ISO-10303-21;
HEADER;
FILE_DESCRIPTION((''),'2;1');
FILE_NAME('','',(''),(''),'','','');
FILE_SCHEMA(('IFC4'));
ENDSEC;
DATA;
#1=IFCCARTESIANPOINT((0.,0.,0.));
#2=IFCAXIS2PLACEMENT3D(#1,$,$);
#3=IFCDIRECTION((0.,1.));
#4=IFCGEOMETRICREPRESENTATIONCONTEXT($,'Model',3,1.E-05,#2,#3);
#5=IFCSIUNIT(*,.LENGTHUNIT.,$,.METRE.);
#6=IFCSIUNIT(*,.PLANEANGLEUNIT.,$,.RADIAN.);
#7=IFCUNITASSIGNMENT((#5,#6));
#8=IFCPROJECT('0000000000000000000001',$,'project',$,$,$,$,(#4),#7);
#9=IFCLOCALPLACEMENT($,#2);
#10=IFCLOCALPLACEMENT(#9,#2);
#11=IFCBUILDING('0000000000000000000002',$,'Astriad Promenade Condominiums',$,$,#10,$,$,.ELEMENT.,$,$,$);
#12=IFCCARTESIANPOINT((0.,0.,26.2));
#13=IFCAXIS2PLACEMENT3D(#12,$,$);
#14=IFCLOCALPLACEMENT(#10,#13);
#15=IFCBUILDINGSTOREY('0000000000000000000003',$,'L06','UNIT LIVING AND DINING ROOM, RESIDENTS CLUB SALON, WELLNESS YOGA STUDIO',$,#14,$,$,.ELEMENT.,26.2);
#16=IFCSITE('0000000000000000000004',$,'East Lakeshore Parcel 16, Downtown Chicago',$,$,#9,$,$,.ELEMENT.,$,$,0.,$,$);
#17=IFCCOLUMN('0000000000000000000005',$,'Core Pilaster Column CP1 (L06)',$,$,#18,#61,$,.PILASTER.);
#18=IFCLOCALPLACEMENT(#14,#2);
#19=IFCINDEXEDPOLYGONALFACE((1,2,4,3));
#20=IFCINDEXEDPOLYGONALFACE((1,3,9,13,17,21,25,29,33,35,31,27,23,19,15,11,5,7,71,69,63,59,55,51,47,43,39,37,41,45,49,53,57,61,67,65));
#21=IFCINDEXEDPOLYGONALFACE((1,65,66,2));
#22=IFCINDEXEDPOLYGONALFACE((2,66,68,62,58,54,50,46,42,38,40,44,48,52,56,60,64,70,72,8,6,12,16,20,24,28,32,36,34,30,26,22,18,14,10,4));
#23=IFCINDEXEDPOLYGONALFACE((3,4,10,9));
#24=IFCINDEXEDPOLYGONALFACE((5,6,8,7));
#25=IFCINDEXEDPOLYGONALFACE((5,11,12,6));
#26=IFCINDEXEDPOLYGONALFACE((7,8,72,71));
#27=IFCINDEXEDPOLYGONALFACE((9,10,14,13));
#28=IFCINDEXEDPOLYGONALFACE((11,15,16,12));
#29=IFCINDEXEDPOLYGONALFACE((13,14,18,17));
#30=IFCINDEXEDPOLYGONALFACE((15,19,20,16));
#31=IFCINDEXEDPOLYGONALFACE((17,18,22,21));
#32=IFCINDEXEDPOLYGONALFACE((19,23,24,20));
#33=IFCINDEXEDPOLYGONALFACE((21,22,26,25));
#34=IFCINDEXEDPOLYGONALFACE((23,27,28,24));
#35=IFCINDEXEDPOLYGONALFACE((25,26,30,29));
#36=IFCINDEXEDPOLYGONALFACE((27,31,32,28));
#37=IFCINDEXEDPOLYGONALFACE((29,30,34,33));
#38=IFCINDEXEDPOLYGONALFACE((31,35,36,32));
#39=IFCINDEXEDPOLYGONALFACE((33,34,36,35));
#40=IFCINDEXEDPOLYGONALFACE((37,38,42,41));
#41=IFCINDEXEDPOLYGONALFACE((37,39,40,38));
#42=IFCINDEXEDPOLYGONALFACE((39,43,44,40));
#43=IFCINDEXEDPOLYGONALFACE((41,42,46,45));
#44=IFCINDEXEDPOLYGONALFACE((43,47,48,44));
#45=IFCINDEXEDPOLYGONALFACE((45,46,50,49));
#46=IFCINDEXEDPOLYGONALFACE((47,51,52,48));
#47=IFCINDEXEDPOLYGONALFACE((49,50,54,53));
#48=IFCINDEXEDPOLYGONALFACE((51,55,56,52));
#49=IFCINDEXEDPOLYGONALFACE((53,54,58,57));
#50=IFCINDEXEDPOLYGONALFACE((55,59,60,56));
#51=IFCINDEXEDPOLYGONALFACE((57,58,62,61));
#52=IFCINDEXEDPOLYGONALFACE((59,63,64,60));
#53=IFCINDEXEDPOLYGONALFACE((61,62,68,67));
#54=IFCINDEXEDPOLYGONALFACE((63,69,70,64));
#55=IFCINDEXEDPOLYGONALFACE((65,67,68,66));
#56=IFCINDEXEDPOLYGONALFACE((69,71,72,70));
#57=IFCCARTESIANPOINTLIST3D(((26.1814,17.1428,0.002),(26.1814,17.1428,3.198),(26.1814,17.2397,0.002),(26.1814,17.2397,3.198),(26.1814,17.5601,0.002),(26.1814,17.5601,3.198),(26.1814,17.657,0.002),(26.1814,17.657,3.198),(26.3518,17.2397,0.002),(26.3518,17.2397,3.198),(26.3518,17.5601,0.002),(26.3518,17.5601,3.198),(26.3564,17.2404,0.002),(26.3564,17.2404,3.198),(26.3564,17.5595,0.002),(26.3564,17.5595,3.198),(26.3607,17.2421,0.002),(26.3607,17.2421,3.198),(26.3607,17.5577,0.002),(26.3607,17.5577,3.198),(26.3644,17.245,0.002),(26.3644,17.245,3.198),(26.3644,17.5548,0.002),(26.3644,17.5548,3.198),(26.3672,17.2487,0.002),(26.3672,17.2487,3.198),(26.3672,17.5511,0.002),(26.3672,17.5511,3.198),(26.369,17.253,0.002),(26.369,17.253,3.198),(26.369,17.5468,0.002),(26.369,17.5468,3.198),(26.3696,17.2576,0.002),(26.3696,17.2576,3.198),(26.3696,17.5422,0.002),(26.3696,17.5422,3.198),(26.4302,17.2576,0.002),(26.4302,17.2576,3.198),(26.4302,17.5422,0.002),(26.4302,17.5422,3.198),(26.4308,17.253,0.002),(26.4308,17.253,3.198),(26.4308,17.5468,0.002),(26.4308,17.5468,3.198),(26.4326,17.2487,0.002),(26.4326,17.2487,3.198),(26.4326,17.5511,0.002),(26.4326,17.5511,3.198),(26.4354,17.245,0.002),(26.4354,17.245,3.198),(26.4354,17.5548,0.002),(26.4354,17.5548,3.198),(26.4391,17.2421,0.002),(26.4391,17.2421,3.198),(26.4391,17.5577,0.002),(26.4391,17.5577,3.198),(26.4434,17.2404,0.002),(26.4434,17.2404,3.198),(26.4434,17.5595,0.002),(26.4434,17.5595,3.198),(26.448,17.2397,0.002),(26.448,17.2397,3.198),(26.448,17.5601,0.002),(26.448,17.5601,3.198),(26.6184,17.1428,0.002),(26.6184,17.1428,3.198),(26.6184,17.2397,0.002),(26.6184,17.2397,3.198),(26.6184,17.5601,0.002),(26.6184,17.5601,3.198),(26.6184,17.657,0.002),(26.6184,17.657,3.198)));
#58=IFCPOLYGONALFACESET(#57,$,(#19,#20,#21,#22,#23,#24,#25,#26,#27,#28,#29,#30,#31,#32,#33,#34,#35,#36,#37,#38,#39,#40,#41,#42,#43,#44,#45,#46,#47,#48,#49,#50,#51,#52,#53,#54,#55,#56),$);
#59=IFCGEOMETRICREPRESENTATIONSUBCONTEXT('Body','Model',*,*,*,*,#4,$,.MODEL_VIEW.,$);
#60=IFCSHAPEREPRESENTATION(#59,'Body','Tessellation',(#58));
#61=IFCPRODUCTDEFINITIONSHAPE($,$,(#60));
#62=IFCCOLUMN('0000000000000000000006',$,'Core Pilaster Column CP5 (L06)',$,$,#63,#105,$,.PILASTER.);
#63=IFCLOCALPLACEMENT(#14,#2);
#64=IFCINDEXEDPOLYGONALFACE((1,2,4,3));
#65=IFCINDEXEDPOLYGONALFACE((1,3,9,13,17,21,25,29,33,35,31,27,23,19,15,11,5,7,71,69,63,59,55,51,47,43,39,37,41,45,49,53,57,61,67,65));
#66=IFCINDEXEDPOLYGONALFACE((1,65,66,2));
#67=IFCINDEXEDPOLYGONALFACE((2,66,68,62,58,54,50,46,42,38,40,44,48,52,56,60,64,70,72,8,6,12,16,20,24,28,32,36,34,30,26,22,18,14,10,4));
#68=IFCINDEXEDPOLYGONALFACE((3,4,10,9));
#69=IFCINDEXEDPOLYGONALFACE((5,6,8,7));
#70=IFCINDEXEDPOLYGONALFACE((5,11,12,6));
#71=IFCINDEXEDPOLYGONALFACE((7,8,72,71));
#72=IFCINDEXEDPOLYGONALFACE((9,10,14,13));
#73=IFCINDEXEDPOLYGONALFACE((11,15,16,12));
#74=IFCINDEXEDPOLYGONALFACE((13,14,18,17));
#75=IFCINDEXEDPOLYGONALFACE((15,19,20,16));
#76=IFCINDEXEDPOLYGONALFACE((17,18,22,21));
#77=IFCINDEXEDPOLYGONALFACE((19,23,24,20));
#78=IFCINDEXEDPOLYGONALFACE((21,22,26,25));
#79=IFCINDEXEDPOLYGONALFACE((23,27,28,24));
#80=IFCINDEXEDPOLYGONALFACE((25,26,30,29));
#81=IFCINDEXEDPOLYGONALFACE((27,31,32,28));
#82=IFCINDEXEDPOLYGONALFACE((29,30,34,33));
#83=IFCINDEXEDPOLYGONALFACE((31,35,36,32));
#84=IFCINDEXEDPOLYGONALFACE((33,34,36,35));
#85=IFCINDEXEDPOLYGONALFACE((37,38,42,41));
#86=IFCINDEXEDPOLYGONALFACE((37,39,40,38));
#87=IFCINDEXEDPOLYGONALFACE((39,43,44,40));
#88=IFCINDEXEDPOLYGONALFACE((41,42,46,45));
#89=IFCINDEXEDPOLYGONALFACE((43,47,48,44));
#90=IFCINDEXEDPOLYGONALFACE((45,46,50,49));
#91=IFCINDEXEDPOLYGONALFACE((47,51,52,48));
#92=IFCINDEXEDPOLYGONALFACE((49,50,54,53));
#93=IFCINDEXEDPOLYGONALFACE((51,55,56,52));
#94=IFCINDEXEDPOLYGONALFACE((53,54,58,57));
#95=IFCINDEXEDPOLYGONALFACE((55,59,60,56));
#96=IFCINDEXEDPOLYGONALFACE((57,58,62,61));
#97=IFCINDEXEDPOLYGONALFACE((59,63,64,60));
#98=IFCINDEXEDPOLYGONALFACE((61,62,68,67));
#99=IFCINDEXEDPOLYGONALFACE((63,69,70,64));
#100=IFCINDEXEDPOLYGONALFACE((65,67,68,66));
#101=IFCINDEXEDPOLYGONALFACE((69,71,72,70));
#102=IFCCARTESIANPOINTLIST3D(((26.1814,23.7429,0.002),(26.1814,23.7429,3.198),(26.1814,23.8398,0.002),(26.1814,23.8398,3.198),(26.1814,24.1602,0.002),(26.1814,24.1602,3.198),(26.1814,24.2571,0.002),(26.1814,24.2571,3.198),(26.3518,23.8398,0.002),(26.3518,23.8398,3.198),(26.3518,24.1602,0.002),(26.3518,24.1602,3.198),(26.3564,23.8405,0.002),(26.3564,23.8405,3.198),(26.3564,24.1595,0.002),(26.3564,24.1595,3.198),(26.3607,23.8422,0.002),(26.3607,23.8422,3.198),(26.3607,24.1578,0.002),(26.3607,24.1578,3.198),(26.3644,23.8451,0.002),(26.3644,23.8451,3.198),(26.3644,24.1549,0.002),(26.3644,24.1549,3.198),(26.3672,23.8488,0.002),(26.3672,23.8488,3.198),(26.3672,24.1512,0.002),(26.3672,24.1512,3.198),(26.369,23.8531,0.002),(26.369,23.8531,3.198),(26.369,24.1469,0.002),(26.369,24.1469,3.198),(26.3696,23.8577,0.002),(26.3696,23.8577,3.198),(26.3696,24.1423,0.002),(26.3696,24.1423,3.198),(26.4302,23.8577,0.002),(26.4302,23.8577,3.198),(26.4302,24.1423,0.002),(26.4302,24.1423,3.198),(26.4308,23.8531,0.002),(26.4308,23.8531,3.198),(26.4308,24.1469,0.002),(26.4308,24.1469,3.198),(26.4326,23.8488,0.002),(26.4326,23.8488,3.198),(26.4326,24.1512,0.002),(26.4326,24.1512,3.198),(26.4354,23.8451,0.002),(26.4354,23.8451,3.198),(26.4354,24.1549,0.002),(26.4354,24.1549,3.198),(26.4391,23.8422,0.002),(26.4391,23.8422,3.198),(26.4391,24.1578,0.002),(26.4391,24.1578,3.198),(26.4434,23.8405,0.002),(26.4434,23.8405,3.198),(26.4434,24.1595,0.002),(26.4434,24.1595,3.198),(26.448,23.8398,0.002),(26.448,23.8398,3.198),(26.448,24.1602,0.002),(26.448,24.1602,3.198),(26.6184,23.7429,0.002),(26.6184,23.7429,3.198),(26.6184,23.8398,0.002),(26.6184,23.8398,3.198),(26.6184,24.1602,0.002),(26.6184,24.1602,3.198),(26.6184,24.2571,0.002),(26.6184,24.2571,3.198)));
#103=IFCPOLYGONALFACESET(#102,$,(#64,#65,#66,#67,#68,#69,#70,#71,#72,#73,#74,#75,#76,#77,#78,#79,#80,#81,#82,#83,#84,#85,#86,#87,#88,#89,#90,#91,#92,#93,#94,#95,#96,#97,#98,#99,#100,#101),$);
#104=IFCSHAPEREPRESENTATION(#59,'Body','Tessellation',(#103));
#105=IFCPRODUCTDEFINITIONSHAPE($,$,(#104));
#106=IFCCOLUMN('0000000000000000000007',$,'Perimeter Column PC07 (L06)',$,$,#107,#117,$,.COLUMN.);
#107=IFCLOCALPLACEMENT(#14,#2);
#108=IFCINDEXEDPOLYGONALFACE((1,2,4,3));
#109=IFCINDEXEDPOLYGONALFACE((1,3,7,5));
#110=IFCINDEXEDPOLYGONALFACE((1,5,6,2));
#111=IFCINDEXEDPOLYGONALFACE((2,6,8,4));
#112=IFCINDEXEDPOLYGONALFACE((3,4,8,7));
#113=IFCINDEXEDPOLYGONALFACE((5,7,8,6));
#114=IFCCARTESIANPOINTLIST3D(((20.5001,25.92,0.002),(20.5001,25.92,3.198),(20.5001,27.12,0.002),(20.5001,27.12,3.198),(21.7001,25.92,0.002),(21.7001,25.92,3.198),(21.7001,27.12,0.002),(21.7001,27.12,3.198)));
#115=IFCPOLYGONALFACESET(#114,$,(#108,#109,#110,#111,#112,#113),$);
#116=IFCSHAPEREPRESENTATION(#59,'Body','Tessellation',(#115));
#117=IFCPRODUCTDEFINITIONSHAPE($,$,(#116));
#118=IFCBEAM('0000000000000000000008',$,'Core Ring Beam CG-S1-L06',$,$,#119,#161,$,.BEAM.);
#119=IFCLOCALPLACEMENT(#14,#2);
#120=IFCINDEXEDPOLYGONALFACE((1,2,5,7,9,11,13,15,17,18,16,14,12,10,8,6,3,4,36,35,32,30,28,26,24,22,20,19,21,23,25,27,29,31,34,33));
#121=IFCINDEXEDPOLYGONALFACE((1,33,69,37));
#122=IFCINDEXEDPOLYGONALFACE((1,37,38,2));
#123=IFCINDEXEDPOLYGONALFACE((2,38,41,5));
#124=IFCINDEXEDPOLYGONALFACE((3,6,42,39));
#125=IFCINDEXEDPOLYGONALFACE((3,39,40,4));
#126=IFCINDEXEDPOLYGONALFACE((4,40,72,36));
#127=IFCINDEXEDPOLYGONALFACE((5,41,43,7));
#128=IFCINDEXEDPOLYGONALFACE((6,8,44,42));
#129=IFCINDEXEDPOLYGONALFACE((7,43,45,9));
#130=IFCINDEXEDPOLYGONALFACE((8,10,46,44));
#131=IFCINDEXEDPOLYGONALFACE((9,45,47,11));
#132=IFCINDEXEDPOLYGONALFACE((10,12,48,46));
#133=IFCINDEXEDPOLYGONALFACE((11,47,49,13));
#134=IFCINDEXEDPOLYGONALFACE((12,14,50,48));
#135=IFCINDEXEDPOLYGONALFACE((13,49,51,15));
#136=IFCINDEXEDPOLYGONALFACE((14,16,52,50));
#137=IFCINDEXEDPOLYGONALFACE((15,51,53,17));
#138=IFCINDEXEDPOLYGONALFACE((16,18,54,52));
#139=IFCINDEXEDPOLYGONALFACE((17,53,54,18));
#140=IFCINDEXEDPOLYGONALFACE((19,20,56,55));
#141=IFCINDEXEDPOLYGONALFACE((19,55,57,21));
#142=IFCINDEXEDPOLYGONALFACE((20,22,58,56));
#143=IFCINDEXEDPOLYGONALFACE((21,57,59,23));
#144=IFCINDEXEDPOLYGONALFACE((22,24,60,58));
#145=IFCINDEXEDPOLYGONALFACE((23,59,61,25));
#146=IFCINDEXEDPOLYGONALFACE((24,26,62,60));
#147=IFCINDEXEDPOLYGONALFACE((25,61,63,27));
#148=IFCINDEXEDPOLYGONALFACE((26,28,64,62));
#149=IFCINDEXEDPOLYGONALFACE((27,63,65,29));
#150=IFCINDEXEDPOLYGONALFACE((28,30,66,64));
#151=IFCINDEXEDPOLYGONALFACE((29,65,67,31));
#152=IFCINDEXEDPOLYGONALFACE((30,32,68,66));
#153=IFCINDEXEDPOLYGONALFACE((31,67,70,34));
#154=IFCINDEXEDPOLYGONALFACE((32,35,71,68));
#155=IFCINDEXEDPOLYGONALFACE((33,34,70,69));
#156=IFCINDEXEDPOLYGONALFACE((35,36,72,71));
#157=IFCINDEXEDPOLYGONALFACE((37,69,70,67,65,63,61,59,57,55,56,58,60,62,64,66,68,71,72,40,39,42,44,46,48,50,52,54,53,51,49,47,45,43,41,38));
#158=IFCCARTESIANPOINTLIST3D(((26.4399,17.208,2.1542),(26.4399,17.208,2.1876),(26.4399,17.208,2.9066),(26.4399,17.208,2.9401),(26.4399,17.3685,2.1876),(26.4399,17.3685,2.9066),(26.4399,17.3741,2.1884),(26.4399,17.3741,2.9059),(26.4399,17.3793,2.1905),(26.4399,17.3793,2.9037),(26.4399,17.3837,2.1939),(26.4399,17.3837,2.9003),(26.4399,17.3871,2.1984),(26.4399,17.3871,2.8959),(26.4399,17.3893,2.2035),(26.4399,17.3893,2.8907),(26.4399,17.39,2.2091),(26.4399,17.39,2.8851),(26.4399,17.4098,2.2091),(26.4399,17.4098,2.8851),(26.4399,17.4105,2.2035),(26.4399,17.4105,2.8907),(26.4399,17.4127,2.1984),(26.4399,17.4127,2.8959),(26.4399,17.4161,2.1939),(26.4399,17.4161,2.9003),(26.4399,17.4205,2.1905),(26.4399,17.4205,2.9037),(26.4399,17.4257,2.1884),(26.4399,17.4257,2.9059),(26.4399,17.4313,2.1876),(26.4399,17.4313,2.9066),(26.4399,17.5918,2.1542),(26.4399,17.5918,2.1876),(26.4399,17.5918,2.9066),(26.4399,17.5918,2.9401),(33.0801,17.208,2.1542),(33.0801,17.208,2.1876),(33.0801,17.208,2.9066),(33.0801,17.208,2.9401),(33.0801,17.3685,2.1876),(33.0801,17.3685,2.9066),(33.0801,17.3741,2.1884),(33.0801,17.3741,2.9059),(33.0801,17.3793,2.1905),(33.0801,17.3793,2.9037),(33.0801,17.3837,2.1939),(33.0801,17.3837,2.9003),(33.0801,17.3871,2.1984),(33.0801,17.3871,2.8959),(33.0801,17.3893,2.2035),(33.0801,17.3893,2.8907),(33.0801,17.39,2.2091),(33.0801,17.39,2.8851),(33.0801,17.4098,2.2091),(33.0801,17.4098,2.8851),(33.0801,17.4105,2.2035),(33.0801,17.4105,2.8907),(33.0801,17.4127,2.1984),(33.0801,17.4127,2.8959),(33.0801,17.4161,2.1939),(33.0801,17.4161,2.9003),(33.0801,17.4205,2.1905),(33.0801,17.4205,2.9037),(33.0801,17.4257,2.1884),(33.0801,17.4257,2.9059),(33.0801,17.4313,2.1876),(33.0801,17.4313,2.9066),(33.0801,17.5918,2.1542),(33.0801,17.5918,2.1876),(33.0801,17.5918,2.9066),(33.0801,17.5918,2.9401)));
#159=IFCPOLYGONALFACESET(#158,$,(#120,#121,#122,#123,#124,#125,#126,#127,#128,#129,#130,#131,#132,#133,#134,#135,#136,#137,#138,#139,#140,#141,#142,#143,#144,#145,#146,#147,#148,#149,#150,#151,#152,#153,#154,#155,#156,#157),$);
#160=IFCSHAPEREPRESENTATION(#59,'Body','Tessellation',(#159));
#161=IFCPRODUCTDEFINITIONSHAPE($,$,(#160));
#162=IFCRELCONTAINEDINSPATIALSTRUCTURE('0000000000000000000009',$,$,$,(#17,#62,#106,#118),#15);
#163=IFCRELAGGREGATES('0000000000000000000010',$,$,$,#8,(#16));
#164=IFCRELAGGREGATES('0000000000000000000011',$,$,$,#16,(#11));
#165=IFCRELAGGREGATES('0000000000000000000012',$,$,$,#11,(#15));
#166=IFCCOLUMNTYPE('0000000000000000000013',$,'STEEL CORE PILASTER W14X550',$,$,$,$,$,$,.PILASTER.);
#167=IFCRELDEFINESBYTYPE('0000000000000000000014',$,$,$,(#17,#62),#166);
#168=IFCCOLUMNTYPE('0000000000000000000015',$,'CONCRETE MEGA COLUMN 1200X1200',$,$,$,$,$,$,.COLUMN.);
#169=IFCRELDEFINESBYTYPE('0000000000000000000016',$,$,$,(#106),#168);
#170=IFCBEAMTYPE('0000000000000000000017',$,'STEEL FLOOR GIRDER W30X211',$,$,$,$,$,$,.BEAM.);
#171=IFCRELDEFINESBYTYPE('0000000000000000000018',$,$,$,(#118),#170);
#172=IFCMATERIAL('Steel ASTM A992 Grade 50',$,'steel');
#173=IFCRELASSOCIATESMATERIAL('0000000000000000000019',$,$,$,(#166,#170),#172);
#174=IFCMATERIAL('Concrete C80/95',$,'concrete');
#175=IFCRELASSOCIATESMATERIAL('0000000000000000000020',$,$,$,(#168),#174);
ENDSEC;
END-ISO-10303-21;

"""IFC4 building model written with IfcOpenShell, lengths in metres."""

from ifc_helpers import new_model, si_unit, direction, frame, origin, origin_2d, place, context, subcontext, project, spatial, rectangle, i_section, extrude, source, transform, mapped, material, material_profile, profile_set, type_object, type_shapes, element, save


model = new_model("IFC4")

# Units and contexts
model_context = context("Model", 3, precision=1e-05, world=origin(), true_north=direction((0.0, 1.0)))
body_context = subcontext(model_context, "Body", "Model", "MODEL_VIEW")
ifc_project = project(units=[si_unit("LENGTHUNIT", "METRE"), si_unit("PLANEANGLEUNIT", "RADIAN")], contexts=[model_context])

# Site, building, storey
site_placement = place(None, origin())
site = spatial("IfcSite", under=ifc_project, at=site_placement, Name="East Lakeshore Parcel 16, Downtown Chicago", CompositionType="ELEMENT", RefElevation=0.0)
building_placement = place(site_placement, origin())
building = spatial("IfcBuilding", under=site, at=building_placement, Name="Astriad Promenade Condominiums", CompositionType="ELEMENT")
storey_placement = place(building_placement, frame((0.0, 0.0, 26.2)))
storey = spatial("IfcBuildingStorey", under=building, at=storey_placement, Name="L06", Description="UNIT LIVING AND DINING ROOM, RESIDENTS CLUB SALON, WELLNESS YOGA STUDIO", CompositionType="ELEMENT", Elevation=26.2)

# Columns
ifc_material_1 = material(Name="Steel ASTM A992 Grade 50", Category="steel")
ifc_material_profile_1 = material_profile(ifc_material_1, i_section(OverallWidth=0.437, OverallDepth=0.5142, WebThickness=0.0605, FlangeThickness=0.0969, FilletRadius=0.0178, at=origin_2d()), Name="W14X550")
ifc_profile_set_1 = profile_set([ifc_material_profile_1], Name="Steel ASTM A992 Grade 50")
column_type_1 = type_object("IfcColumnType", Name="STEEL CORE PILASTER W14X550", PredefinedType="PILASTER", material=ifc_profile_set_1)
shared_shape_1 = source(origin(), body_context, "Body", "SweptSolid", [
    extrude(i_section(OverallWidth=0.437, OverallDepth=0.5142, WebThickness=0.0605, FlangeThickness=0.0969, FilletRadius=0.0178, at=origin_2d()), origin(), (0.0, 0.0, 1.0), 3.196),
])
type_shapes(column_type_1, [shared_shape_1])
for number, where, z_axis, x_axis, name in (
    (1, (26.3999, 17.3999, 0.002), (0.0, 0.0, 1.0), (1.0, 0.0, 0.0), "Core Pilaster Column CP1 (L06)"),
    (2, (26.3999, 24.0, 0.002), (0.0, 0.0, 1.0), (1.0, 0.0, 0.0), "Core Pilaster Column CP5 (L06)"),
):
    element("IfcColumn", number, at=place(storey_placement, frame(where, z_axis=z_axis, x_axis=x_axis)), inside=storey, type_object=column_type_1, Name=name, PredefinedType="PILASTER", context=body_context, shape_type="MappedRepresentation", body=[
        mapped(shared_shape_1, transform((0.0, 0.0, 0.0), scale=1.0)),
    ])
ifc_material_2 = material(Name="Concrete C80/95", Category="concrete")
ifc_material_profile_2 = material_profile(ifc_material_2, rectangle(XDim=1.2, YDim=1.2, at=origin_2d()), Name="RC-COL-1200X1200")
ifc_profile_set_2 = profile_set([ifc_material_profile_2], Name="Concrete C80/95")
column_type_2 = type_object("IfcColumnType", Name="CONCRETE MEGA COLUMN 1200X1200", PredefinedType="COLUMN", material=ifc_profile_set_2)
shared_shape_2 = source(origin(), body_context, "Body", "SweptSolid", [
    extrude(rectangle(XDim=1.2, YDim=1.2, at=origin_2d()), origin(), (0.0, 0.0, 1.0), 3.196),
])
type_shapes(column_type_2, [shared_shape_2])
column_placement = place(storey_placement, frame((21.1001, 26.52, 0.002), z_axis=(0.0, 0.0, 1.0), x_axis=(1.0, 0.0, 0.0)))
element("IfcColumn", 3, at=column_placement, inside=storey, type_object=column_type_2, Name="Perimeter Column PC07 (L06)", PredefinedType="COLUMN", context=body_context, shape_type="MappedRepresentation", body=[
    mapped(shared_shape_2, transform((0.0, 0.0, 0.0), scale=1.0)),
])

# Beam
ifc_material_profile_3 = material_profile(ifc_material_1, i_section(OverallWidth=0.3838, OverallDepth=0.7859, WebThickness=0.0198, FlangeThickness=0.0334, FilletRadius=0.0215, at=origin_2d()), Name="W30X211")
ifc_profile_set_3 = profile_set([ifc_material_profile_3], Name="Steel ASTM A992 Grade 50")
beam_type_1 = type_object("IfcBeamType", Name="STEEL FLOOR GIRDER W30X211", PredefinedType="BEAM", material=ifc_profile_set_3)
shared_shape_3 = source(origin(), body_context, "Body", "SweptSolid", [
    extrude(i_section(OverallWidth=0.3838, OverallDepth=0.7859, WebThickness=0.0198, FlangeThickness=0.0334, FilletRadius=0.0215, at=origin_2d()), origin(), (0.0, 0.0, 1.0), 6.6401),
])
type_shapes(beam_type_1, [shared_shape_3])
beam_1_placement = place(storey_placement, frame((26.4399, 17.3999, 2.5471), z_axis=(1.0, 0.0, 0.0), x_axis=(0.0, 1.0, 0.0)))
element("IfcBeam", 4, at=beam_1_placement, inside=storey, type_object=beam_type_1, Name="Core Ring Beam CG-S1-L06", PredefinedType="BEAM", context=body_context, shape_type="MappedRepresentation", body=[
    mapped(shared_shape_3, transform((0.0, 0.0, 0.0), scale=1.0)),
])

save(model, "model.ifc")
